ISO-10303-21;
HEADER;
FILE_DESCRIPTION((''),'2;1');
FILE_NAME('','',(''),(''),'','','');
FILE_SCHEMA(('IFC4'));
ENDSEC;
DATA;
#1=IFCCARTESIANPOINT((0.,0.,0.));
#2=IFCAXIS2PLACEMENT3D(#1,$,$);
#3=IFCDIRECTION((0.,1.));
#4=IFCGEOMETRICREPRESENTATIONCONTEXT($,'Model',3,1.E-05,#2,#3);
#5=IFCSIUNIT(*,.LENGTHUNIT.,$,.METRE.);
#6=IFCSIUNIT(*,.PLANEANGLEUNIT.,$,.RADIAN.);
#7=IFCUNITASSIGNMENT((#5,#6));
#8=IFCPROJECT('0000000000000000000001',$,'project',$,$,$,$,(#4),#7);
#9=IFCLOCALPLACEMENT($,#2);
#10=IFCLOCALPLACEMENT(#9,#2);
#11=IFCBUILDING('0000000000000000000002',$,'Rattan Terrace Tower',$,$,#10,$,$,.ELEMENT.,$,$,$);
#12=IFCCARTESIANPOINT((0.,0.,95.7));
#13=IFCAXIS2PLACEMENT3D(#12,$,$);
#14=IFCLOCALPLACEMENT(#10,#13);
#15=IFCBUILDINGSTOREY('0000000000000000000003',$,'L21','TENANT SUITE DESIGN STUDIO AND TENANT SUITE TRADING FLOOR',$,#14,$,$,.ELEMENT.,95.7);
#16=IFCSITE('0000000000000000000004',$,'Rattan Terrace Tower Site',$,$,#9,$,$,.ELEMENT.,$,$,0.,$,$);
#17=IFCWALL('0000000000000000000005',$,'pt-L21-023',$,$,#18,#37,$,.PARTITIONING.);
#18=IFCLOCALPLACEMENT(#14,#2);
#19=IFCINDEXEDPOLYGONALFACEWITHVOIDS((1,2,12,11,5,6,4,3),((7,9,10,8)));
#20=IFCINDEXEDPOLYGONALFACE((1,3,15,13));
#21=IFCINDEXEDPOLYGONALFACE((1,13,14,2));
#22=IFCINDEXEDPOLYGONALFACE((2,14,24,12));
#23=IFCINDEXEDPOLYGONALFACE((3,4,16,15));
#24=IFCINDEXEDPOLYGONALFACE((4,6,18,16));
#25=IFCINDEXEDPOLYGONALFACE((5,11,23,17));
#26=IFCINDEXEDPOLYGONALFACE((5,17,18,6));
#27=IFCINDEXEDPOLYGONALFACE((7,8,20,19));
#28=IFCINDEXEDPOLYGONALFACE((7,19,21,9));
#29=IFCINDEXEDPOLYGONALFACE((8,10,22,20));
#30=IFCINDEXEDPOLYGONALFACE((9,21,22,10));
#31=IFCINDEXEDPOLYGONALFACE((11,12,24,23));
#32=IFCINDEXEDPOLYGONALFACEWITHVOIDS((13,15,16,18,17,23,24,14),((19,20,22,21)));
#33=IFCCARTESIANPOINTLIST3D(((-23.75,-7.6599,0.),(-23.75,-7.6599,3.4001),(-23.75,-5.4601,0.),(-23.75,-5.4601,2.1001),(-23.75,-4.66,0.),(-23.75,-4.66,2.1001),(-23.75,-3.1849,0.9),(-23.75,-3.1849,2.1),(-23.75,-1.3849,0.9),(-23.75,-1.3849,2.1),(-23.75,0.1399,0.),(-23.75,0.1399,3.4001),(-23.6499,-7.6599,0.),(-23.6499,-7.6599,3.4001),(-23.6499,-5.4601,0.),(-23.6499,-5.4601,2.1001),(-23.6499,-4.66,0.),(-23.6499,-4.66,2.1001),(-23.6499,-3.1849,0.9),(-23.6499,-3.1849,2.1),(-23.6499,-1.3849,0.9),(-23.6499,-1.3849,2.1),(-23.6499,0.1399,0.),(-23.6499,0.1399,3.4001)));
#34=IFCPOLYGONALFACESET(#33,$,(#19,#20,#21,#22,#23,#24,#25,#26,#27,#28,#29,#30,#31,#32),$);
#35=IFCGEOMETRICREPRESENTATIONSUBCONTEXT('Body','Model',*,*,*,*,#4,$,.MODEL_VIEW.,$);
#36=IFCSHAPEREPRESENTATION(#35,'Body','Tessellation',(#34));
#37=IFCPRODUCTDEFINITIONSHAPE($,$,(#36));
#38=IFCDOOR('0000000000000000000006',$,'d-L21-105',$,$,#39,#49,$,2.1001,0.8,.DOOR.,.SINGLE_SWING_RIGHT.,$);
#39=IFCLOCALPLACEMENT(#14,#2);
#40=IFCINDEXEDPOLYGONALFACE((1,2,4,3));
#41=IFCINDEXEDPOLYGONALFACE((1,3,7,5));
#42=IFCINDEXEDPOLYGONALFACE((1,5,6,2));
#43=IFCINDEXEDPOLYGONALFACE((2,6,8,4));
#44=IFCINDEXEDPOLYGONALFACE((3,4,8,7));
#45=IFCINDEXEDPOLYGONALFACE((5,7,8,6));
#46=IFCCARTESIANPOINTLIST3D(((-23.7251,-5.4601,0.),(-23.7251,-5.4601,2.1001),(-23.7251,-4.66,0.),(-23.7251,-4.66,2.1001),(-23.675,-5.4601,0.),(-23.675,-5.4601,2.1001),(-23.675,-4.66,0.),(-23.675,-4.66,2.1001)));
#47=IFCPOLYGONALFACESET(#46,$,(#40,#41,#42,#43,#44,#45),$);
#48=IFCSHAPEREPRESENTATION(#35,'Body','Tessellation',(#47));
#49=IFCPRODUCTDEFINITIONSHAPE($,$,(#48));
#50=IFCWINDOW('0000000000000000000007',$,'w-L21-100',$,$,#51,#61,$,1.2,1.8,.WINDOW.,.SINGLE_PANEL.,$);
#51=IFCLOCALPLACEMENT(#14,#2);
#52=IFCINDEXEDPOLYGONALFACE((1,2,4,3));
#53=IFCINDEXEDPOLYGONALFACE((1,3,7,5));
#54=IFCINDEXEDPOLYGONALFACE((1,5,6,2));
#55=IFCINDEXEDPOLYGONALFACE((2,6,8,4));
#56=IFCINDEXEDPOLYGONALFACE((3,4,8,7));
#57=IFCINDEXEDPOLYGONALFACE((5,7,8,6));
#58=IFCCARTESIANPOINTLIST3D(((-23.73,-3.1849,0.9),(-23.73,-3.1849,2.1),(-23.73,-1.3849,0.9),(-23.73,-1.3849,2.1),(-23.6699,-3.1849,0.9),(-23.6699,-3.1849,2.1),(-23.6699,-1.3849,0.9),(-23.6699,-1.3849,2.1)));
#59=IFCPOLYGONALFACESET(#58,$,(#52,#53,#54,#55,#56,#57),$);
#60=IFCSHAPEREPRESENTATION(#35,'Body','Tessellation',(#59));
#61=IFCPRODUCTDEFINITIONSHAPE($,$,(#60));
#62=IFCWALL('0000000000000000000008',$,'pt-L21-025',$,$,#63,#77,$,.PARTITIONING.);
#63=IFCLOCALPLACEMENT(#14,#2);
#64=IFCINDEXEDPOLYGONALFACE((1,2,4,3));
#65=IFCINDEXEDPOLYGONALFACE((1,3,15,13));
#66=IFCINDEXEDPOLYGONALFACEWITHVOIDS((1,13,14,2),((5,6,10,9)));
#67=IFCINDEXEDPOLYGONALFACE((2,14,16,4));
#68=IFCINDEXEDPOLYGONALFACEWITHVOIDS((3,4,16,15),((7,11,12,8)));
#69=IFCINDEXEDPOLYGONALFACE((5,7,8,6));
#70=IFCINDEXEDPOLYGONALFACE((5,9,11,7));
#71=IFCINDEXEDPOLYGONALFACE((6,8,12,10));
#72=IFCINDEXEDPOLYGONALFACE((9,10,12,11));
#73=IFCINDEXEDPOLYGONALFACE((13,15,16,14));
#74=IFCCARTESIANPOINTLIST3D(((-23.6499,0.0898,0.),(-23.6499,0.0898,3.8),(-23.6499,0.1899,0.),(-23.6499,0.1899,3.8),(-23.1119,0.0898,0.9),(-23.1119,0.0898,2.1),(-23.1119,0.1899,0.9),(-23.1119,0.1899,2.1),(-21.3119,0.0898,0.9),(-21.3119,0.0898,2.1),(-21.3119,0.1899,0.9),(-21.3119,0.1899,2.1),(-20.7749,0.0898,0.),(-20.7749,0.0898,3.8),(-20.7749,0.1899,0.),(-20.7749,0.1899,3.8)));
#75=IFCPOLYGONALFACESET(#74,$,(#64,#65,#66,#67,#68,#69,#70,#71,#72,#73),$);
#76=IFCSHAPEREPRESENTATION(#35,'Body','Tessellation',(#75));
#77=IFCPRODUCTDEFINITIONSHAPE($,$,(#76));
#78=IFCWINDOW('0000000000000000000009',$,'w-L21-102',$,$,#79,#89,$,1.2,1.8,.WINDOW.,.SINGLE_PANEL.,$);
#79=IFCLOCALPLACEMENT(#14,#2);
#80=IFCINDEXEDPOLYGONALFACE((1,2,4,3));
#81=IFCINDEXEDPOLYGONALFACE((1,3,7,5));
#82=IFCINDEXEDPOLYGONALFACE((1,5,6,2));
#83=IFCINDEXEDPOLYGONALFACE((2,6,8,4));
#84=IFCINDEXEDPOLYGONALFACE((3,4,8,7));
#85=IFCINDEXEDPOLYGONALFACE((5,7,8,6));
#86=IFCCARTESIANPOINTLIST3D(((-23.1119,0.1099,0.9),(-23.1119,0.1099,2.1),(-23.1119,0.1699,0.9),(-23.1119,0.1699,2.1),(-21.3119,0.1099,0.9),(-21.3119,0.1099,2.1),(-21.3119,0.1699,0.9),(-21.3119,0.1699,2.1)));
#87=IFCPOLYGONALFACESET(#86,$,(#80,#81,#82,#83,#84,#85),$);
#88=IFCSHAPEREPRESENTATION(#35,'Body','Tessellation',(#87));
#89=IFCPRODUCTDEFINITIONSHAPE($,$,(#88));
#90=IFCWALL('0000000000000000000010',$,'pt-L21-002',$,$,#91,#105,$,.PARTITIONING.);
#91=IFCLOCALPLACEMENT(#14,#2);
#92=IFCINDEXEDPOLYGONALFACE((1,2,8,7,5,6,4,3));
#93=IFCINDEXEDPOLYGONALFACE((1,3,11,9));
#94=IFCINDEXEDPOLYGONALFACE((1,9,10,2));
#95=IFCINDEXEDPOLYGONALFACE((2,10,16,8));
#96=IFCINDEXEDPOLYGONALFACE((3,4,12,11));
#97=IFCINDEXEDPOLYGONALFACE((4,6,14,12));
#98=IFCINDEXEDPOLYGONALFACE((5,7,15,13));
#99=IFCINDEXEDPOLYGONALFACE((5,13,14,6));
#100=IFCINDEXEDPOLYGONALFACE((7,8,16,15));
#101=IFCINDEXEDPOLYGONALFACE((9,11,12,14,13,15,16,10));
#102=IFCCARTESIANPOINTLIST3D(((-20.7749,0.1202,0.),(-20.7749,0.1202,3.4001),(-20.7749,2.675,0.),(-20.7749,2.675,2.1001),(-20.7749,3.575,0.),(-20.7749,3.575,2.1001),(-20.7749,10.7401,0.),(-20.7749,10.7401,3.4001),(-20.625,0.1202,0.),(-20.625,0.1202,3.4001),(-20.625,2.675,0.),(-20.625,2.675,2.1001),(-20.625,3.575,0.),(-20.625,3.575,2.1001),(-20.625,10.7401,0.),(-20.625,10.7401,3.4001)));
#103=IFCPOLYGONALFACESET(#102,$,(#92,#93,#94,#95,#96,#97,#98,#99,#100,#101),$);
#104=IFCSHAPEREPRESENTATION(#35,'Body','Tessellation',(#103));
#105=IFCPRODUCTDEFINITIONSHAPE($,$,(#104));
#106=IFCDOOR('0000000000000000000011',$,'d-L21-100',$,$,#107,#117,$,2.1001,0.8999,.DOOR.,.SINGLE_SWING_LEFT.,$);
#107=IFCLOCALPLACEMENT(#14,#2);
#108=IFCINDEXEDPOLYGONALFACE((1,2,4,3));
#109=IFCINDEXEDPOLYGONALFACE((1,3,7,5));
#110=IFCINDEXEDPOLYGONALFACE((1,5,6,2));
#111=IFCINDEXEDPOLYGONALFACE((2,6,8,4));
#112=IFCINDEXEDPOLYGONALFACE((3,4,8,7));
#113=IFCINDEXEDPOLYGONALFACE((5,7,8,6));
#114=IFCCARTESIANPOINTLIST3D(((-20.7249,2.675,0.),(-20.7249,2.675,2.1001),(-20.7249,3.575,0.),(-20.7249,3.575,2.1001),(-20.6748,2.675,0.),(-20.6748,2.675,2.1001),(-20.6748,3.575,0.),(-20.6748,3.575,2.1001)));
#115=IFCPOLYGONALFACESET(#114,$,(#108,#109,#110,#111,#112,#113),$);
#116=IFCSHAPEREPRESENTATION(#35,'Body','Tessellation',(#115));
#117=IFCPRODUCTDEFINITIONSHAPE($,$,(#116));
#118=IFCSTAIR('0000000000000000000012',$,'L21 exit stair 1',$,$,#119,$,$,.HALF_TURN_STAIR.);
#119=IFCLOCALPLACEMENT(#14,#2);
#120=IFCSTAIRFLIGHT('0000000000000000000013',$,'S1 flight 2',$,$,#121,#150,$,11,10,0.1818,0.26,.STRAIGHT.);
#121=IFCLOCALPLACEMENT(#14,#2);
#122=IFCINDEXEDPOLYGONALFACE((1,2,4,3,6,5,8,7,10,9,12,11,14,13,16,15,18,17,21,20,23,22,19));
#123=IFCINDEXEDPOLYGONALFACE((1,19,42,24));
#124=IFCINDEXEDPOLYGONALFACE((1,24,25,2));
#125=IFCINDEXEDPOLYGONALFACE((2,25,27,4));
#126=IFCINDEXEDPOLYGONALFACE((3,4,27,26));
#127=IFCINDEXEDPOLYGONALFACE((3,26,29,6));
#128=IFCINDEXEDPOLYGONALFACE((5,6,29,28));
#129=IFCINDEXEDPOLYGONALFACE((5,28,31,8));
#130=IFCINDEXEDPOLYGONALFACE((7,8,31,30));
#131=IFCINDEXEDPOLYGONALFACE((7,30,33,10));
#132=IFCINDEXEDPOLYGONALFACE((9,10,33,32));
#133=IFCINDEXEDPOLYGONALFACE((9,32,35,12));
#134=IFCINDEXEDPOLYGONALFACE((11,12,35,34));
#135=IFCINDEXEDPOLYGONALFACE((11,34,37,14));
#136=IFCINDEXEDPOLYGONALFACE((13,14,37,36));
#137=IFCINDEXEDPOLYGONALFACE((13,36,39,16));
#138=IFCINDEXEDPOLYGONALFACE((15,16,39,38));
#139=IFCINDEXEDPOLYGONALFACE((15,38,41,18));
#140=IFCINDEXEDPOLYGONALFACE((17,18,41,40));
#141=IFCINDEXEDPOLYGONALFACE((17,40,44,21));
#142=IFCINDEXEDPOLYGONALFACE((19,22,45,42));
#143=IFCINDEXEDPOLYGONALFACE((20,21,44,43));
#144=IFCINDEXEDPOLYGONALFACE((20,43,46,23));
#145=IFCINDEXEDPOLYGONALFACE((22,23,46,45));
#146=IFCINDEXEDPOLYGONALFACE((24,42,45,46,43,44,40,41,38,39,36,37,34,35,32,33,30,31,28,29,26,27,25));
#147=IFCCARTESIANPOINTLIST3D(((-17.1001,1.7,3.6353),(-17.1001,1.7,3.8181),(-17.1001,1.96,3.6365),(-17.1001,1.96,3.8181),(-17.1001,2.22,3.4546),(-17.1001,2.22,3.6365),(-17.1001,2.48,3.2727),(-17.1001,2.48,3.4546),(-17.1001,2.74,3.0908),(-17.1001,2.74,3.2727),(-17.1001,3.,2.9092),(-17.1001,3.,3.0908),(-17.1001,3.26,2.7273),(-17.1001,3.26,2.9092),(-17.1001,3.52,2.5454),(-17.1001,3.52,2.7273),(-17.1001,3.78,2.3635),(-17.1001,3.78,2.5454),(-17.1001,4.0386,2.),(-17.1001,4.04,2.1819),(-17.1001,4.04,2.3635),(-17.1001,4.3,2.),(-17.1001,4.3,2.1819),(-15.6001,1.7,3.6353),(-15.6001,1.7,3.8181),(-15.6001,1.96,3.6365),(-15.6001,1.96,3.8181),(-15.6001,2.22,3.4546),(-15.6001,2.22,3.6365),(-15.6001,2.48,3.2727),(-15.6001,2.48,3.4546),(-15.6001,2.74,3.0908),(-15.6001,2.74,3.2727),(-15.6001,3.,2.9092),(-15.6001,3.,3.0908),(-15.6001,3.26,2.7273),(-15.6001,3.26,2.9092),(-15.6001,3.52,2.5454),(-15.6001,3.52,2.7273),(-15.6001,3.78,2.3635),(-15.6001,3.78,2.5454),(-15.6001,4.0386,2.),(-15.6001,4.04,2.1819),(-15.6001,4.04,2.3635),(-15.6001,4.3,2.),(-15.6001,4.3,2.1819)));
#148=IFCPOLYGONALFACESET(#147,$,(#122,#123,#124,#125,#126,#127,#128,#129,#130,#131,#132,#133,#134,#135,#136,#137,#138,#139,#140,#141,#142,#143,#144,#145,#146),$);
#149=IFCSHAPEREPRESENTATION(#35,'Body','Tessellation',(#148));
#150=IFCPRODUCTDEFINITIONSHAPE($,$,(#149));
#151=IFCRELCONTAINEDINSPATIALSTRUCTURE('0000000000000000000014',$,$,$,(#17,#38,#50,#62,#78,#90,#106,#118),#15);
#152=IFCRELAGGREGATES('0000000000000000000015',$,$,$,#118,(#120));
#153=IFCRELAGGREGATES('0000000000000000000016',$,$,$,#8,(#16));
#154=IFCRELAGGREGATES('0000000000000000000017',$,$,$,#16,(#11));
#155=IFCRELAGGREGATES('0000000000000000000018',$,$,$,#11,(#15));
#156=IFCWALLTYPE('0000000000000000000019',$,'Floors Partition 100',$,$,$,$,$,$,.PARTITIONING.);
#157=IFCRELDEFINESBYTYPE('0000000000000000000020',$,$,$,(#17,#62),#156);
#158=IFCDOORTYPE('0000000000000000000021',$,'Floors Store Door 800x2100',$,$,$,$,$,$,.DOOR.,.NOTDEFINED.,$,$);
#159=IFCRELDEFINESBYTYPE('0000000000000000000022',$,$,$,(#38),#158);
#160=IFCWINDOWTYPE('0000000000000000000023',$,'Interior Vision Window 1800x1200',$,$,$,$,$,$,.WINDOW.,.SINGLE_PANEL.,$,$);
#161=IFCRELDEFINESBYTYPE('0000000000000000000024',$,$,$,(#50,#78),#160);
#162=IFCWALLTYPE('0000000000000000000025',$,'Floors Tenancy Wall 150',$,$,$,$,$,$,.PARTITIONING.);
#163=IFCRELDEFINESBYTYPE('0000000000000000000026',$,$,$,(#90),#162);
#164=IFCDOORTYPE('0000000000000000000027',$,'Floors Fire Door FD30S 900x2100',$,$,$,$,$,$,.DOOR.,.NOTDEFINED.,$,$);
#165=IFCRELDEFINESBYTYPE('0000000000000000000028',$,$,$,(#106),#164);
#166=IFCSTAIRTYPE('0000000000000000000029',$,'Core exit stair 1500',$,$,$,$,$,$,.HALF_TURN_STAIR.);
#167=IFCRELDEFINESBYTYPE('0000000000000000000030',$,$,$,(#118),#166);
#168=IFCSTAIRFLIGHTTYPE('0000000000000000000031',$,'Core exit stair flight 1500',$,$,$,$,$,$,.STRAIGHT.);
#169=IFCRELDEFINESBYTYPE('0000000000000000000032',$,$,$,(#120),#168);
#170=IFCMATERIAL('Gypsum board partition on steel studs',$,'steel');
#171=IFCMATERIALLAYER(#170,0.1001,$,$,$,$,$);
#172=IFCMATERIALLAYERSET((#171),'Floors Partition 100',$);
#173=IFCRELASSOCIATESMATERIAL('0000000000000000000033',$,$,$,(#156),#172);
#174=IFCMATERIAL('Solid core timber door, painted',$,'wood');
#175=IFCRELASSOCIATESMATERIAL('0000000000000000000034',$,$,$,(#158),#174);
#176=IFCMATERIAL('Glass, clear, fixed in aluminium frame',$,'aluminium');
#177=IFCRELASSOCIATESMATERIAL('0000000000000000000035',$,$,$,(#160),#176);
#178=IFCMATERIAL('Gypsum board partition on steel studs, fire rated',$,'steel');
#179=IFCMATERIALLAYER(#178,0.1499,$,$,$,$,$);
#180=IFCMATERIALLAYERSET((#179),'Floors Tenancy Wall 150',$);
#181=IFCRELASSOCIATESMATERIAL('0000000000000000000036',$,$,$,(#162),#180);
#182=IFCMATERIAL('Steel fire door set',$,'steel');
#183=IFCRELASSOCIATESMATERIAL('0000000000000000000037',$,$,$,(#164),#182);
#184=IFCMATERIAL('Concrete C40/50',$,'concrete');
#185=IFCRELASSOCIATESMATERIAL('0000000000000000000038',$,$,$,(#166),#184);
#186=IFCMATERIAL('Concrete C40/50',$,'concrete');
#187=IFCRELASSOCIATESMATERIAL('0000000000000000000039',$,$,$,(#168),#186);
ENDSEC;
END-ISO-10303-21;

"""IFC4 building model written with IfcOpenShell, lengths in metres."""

from ifc_helpers import new_model, si_unit, direction, frame, frame_2d, origin, place, context, subcontext, project, spatial, polyline, rectangle, outline, extrude, material, layer, layer_set, type_object, element, fill, aggregate, save


model = new_model("IFC4")

# Units and contexts
model_context = context("Model", 3, precision=1e-05, world=origin(), true_north=direction((0.0, 1.0)))
body_context = subcontext(model_context, "Body", "Model", "MODEL_VIEW")
ifc_project = project(units=[si_unit("LENGTHUNIT", "METRE"), si_unit("PLANEANGLEUNIT", "RADIAN")], contexts=[model_context])

# Site, building, storey
site_placement = place(None, origin())
site = spatial("IfcSite", under=ifc_project, at=site_placement, Name="Rattan Terrace Tower Site", CompositionType="ELEMENT", RefElevation=0.0)
building_placement = place(site_placement, origin())
building = spatial("IfcBuilding", under=site, at=building_placement, Name="Rattan Terrace Tower", CompositionType="ELEMENT")
storey_placement = place(building_placement, frame((0.0, 0.0, 95.7)))
storey = spatial("IfcBuildingStorey", under=building, at=storey_placement, Name="L21", Description="TENANT SUITE DESIGN STUDIO AND TENANT SUITE TRADING FLOOR", CompositionType="ELEMENT", Elevation=95.7)

# Wall, openings, door, window
ifc_material_1 = material(Name="Gypsum board partition on steel studs", Category="steel")
ifc_layer_1 = layer(ifc_material_1, 0.1001)
ifc_layer_set_1 = layer_set([ifc_layer_1], Name="Floors Partition 100")
wall_type_1 = type_object("IfcWallType", Name="Floors Partition 100", PredefinedType="PARTITIONING", material=ifc_layer_set_1)
wall_1_placement = place(storey_placement, frame((-23.7, 0.1399, 0.0), z_axis=(0.0, 0.0, 1.0), x_axis=(0.0, -1.0, 0.0)))
wall_1 = element("IfcWall", 1, at=wall_1_placement, inside=storey, type_object=wall_type_1, Name="pt-L21-023", PredefinedType="PARTITIONING", context=body_context, shape_type="SweptSolid", body=[
    extrude(rectangle(XDim=7.7998, YDim=0.1001, at=frame_2d((3.8999, 0.0))), origin(), (0.0, 0.0, 1.0), 3.4001),
])
opening_1_placement = place(wall_1_placement, frame((4.8, 0.0, 0.0)))
opening_1 = element("IfcOpeningElement", 2, at=opening_1_placement, cuts=wall_1, PredefinedType="OPENING", context=body_context, shape_type="SweptSolid", body=[
    extrude(rectangle(XDim=0.8, YDim=2.1001, at=frame_2d((0.3999, 1.05))), frame((0.0, 0.0605, 0.0), z_axis=(0.0, -1.0, 0.0), x_axis=(1.0, 0.0, 0.0)), (0.0, 0.0, 1.0), 0.1211),
])
opening_2_placement = place(wall_1_placement, frame((1.5249, 0.0, 0.8999)))
opening_2 = element("IfcOpeningElement", 3, at=opening_2_placement, cuts=wall_1, PredefinedType="OPENING", context=body_context, shape_type="SweptSolid", body=[
    extrude(rectangle(XDim=1.8, YDim=1.2, at=frame_2d((0.8999, 0.6001))), frame((0.0, 0.0605, 0.0), z_axis=(0.0, -1.0, 0.0), x_axis=(1.0, 0.0, 0.0)), (0.0, 0.0, 1.0), 0.1211),
])
ifc_material_2 = material(Name="Solid core timber door, painted", Category="wood")
door_type_1 = type_object("IfcDoorType", Name="Floors Store Door 800x2100", OperationType="NOTDEFINED", PredefinedType="DOOR", material=ifc_material_2)
door_1_placement = place(opening_1_placement, origin())
door_1 = element("IfcDoor", 4, at=door_1_placement, inside=storey, type_object=door_type_1, Name="d-L21-105", OperationType="SINGLE_SWING_RIGHT", OverallHeight=2.1001, OverallWidth=0.8, PredefinedType="DOOR", context=body_context, shape_type="SweptSolid", body=[
    extrude(rectangle(XDim=0.8, YDim=2.1001, at=frame_2d((0.3999, 1.05))), frame((0.0, 0.0249, 0.0), z_axis=(0.0, -1.0, 0.0), x_axis=(1.0, 0.0, 0.0)), (0.0, 0.0, 1.0), 0.05),
])
fill(opening_1, door_1)
ifc_material_3 = material(Name="Glass, clear, fixed in aluminium frame", Category="aluminium")
window_type = type_object("IfcWindowType", Name="Interior Vision Window 1800x1200", PartitioningType="SINGLE_PANEL", PredefinedType="WINDOW", material=ifc_material_3)
window_1_placement = place(opening_2_placement, origin())
window_1 = element("IfcWindow", 5, at=window_1_placement, inside=storey, type_object=window_type, Name="w-L21-100", OverallHeight=1.2, OverallWidth=1.8, PartitioningType="SINGLE_PANEL", PredefinedType="WINDOW", context=body_context, shape_type="SweptSolid", body=[
    extrude(rectangle(XDim=1.8, YDim=1.2, at=frame_2d((0.8999, 0.6001))), frame((0.0, 0.03, 0.0), z_axis=(0.0, -1.0, 0.0), x_axis=(1.0, 0.0, 0.0)), (0.0, 0.0, 1.0), 0.0601),
])
fill(opening_2, window_1)

# Wall, opening, window
wall_2_placement = place(storey_placement, frame((-20.7749, 0.1399, 0.0), z_axis=(0.0, 0.0, 1.0), x_axis=(-1.0, 0.0, 0.0)))
wall_2 = element("IfcWall", 6, at=wall_2_placement, inside=storey, type_object=wall_type_1, Name="pt-L21-025", PredefinedType="PARTITIONING", context=body_context, shape_type="SweptSolid", body=[
    extrude(rectangle(XDim=2.875, YDim=0.1001, at=frame_2d((1.4375, 0.0))), origin(), (0.0, 0.0, 1.0), 3.8),
])
opening_3_placement = place(wall_2_placement, frame((0.5371, 0.0, 0.8999)))
opening_3 = element("IfcOpeningElement", 7, at=opening_3_placement, cuts=wall_2, PredefinedType="OPENING", context=body_context, shape_type="SweptSolid", body=[
    extrude(rectangle(XDim=1.8, YDim=1.2, at=frame_2d((0.8999, 0.6001))), frame((0.0, 0.0605, 0.0), z_axis=(0.0, -1.0, 0.0), x_axis=(1.0, 0.0, 0.0)), (0.0, 0.0, 1.0), 0.1211),
])
window_2_placement = place(opening_3_placement, origin())
window_2 = element("IfcWindow", 8, at=window_2_placement, inside=storey, type_object=window_type, Name="w-L21-102", OverallHeight=1.2, OverallWidth=1.8, PartitioningType="SINGLE_PANEL", PredefinedType="WINDOW", context=body_context, shape_type="SweptSolid", body=[
    extrude(rectangle(XDim=1.8, YDim=1.2, at=frame_2d((0.8999, 0.6001))), frame((0.0, 0.03, 0.0), z_axis=(0.0, -1.0, 0.0), x_axis=(1.0, 0.0, 0.0)), (0.0, 0.0, 1.0), 0.0601),
])
fill(opening_3, window_2)

# Wall, opening, door
ifc_material_4 = material(Name="Gypsum board partition on steel studs, fire rated", Category="steel")
ifc_layer_2 = layer(ifc_material_4, 0.1499)
ifc_layer_set_2 = layer_set([ifc_layer_2], Name="Floors Tenancy Wall 150")
wall_type_2 = type_object("IfcWallType", Name="Floors Tenancy Wall 150", PredefinedType="PARTITIONING", material=ifc_layer_set_2)
wall_3_placement = place(storey_placement, frame((-20.7, 0.1201, 0.0), z_axis=(0.0, 0.0, 1.0), x_axis=(0.0, 1.0, 0.0)))
wall_3 = element("IfcWall", 9, at=wall_3_placement, inside=storey, type_object=wall_type_2, Name="pt-L21-002", PredefinedType="PARTITIONING", context=body_context, shape_type="SweptSolid", body=[
    extrude(rectangle(XDim=10.6199, YDim=0.1499, at=frame_2d((5.3101, 0.0))), origin(), (0.0, 0.0, 1.0), 3.4001),
])
opening_4_placement = place(wall_3_placement, frame((2.5549, 0.0, 0.0)))
opening_4 = element("IfcOpeningElement", 10, at=opening_4_placement, cuts=wall_3, PredefinedType="OPENING", context=body_context, shape_type="SweptSolid", body=[
    extrude(rectangle(XDim=0.8999, YDim=2.1001, at=frame_2d((0.45, 1.05))), frame((0.0, 0.0854, 0.0), z_axis=(0.0, -1.0, 0.0), x_axis=(1.0, 0.0, 0.0)), (0.0, 0.0, 1.0), 0.1709),
])
ifc_material_5 = material(Name="Steel fire door set", Category="steel")
door_type_2 = type_object("IfcDoorType", Name="Floors Fire Door FD30S 900x2100", OperationType="NOTDEFINED", PredefinedType="DOOR", material=ifc_material_5)
door_2_placement = place(opening_4_placement, origin())
door_2 = element("IfcDoor", 11, at=door_2_placement, inside=storey, type_object=door_type_2, Name="d-L21-100", OperationType="SINGLE_SWING_LEFT", OverallHeight=2.1001, OverallWidth=0.8999, PredefinedType="DOOR", context=body_context, shape_type="SweptSolid", body=[
    extrude(rectangle(XDim=0.8999, YDim=2.1001, at=frame_2d((0.45, 1.05))), frame((0.0, 0.0249, 0.0), z_axis=(0.0, -1.0, 0.0), x_axis=(1.0, 0.0, 0.0)), (0.0, 0.0, 1.0), 0.05),
])
fill(opening_4, door_2)

# Stair, stair flight
ifc_material_6 = material(Name="Concrete C40/50", Category="concrete")
stair_type = type_object("IfcStairType", Name="Core exit stair 1500", PredefinedType="HALF_TURN_STAIR", material=ifc_material_6)
stair_placement = place(storey_placement, origin())
stair = element("IfcStair", 12, at=stair_placement, inside=storey, type_object=stair_type, Name="L21 exit stair 1", PredefinedType="HALF_TURN_STAIR")
ifc_material_7 = material(Name="Concrete C40/50", Category="concrete")
stair_flight_type = type_object("IfcStairFlightType", Name="Core exit stair flight 1500", PredefinedType="STRAIGHT", material=ifc_material_7)
stair_flight_placement = place(storey_placement, frame((-16.3501, 4.3, 2.0), z_axis=(0.0, 0.0, 1.0), x_axis=(0.0, -1.0, 0.0)))
stair_flight = element("IfcStairFlight", 13, at=stair_flight_placement, type_object=stair_flight_type, Name="S1 flight 2", NumberOfRisers=11, NumberOfTreads=10, PredefinedType="STRAIGHT", RiserHeight=0.1818, TreadLength=0.26, context=body_context, shape_type="SweptSolid", body=[
    extrude(outline(polyline([(0.0, 0.0), (0.0, 0.1819), (0.26, 0.1819), (0.26, 0.3635), (0.52, 0.3635), (0.52, 0.5454), (0.78, 0.5454), (0.78, 0.7273), (1.04, 0.7273), (1.04, 0.9092), (1.3, 0.9092), (1.3, 1.0908), (1.5601, 1.0908), (1.5601, 1.2727), (1.8201, 1.2727), (1.8201, 1.4546), (2.0801, 1.4546), (2.0801, 1.6365), (2.3401, 1.6365), (2.3401, 1.8181), (2.6001, 1.8181), (2.6001, 2.0), (2.6001, 1.6353), (0.2615, 0.0), (0.0, 0.0)])), frame((0.0, 0.75, 0.0), z_axis=(0.0, -1.0, 0.0), x_axis=(1.0, 0.0, 0.0)), (0.0, 0.0, 1.0), 1.5),
])
aggregate(stair, [stair_flight])

save(model, "model.ifc")
